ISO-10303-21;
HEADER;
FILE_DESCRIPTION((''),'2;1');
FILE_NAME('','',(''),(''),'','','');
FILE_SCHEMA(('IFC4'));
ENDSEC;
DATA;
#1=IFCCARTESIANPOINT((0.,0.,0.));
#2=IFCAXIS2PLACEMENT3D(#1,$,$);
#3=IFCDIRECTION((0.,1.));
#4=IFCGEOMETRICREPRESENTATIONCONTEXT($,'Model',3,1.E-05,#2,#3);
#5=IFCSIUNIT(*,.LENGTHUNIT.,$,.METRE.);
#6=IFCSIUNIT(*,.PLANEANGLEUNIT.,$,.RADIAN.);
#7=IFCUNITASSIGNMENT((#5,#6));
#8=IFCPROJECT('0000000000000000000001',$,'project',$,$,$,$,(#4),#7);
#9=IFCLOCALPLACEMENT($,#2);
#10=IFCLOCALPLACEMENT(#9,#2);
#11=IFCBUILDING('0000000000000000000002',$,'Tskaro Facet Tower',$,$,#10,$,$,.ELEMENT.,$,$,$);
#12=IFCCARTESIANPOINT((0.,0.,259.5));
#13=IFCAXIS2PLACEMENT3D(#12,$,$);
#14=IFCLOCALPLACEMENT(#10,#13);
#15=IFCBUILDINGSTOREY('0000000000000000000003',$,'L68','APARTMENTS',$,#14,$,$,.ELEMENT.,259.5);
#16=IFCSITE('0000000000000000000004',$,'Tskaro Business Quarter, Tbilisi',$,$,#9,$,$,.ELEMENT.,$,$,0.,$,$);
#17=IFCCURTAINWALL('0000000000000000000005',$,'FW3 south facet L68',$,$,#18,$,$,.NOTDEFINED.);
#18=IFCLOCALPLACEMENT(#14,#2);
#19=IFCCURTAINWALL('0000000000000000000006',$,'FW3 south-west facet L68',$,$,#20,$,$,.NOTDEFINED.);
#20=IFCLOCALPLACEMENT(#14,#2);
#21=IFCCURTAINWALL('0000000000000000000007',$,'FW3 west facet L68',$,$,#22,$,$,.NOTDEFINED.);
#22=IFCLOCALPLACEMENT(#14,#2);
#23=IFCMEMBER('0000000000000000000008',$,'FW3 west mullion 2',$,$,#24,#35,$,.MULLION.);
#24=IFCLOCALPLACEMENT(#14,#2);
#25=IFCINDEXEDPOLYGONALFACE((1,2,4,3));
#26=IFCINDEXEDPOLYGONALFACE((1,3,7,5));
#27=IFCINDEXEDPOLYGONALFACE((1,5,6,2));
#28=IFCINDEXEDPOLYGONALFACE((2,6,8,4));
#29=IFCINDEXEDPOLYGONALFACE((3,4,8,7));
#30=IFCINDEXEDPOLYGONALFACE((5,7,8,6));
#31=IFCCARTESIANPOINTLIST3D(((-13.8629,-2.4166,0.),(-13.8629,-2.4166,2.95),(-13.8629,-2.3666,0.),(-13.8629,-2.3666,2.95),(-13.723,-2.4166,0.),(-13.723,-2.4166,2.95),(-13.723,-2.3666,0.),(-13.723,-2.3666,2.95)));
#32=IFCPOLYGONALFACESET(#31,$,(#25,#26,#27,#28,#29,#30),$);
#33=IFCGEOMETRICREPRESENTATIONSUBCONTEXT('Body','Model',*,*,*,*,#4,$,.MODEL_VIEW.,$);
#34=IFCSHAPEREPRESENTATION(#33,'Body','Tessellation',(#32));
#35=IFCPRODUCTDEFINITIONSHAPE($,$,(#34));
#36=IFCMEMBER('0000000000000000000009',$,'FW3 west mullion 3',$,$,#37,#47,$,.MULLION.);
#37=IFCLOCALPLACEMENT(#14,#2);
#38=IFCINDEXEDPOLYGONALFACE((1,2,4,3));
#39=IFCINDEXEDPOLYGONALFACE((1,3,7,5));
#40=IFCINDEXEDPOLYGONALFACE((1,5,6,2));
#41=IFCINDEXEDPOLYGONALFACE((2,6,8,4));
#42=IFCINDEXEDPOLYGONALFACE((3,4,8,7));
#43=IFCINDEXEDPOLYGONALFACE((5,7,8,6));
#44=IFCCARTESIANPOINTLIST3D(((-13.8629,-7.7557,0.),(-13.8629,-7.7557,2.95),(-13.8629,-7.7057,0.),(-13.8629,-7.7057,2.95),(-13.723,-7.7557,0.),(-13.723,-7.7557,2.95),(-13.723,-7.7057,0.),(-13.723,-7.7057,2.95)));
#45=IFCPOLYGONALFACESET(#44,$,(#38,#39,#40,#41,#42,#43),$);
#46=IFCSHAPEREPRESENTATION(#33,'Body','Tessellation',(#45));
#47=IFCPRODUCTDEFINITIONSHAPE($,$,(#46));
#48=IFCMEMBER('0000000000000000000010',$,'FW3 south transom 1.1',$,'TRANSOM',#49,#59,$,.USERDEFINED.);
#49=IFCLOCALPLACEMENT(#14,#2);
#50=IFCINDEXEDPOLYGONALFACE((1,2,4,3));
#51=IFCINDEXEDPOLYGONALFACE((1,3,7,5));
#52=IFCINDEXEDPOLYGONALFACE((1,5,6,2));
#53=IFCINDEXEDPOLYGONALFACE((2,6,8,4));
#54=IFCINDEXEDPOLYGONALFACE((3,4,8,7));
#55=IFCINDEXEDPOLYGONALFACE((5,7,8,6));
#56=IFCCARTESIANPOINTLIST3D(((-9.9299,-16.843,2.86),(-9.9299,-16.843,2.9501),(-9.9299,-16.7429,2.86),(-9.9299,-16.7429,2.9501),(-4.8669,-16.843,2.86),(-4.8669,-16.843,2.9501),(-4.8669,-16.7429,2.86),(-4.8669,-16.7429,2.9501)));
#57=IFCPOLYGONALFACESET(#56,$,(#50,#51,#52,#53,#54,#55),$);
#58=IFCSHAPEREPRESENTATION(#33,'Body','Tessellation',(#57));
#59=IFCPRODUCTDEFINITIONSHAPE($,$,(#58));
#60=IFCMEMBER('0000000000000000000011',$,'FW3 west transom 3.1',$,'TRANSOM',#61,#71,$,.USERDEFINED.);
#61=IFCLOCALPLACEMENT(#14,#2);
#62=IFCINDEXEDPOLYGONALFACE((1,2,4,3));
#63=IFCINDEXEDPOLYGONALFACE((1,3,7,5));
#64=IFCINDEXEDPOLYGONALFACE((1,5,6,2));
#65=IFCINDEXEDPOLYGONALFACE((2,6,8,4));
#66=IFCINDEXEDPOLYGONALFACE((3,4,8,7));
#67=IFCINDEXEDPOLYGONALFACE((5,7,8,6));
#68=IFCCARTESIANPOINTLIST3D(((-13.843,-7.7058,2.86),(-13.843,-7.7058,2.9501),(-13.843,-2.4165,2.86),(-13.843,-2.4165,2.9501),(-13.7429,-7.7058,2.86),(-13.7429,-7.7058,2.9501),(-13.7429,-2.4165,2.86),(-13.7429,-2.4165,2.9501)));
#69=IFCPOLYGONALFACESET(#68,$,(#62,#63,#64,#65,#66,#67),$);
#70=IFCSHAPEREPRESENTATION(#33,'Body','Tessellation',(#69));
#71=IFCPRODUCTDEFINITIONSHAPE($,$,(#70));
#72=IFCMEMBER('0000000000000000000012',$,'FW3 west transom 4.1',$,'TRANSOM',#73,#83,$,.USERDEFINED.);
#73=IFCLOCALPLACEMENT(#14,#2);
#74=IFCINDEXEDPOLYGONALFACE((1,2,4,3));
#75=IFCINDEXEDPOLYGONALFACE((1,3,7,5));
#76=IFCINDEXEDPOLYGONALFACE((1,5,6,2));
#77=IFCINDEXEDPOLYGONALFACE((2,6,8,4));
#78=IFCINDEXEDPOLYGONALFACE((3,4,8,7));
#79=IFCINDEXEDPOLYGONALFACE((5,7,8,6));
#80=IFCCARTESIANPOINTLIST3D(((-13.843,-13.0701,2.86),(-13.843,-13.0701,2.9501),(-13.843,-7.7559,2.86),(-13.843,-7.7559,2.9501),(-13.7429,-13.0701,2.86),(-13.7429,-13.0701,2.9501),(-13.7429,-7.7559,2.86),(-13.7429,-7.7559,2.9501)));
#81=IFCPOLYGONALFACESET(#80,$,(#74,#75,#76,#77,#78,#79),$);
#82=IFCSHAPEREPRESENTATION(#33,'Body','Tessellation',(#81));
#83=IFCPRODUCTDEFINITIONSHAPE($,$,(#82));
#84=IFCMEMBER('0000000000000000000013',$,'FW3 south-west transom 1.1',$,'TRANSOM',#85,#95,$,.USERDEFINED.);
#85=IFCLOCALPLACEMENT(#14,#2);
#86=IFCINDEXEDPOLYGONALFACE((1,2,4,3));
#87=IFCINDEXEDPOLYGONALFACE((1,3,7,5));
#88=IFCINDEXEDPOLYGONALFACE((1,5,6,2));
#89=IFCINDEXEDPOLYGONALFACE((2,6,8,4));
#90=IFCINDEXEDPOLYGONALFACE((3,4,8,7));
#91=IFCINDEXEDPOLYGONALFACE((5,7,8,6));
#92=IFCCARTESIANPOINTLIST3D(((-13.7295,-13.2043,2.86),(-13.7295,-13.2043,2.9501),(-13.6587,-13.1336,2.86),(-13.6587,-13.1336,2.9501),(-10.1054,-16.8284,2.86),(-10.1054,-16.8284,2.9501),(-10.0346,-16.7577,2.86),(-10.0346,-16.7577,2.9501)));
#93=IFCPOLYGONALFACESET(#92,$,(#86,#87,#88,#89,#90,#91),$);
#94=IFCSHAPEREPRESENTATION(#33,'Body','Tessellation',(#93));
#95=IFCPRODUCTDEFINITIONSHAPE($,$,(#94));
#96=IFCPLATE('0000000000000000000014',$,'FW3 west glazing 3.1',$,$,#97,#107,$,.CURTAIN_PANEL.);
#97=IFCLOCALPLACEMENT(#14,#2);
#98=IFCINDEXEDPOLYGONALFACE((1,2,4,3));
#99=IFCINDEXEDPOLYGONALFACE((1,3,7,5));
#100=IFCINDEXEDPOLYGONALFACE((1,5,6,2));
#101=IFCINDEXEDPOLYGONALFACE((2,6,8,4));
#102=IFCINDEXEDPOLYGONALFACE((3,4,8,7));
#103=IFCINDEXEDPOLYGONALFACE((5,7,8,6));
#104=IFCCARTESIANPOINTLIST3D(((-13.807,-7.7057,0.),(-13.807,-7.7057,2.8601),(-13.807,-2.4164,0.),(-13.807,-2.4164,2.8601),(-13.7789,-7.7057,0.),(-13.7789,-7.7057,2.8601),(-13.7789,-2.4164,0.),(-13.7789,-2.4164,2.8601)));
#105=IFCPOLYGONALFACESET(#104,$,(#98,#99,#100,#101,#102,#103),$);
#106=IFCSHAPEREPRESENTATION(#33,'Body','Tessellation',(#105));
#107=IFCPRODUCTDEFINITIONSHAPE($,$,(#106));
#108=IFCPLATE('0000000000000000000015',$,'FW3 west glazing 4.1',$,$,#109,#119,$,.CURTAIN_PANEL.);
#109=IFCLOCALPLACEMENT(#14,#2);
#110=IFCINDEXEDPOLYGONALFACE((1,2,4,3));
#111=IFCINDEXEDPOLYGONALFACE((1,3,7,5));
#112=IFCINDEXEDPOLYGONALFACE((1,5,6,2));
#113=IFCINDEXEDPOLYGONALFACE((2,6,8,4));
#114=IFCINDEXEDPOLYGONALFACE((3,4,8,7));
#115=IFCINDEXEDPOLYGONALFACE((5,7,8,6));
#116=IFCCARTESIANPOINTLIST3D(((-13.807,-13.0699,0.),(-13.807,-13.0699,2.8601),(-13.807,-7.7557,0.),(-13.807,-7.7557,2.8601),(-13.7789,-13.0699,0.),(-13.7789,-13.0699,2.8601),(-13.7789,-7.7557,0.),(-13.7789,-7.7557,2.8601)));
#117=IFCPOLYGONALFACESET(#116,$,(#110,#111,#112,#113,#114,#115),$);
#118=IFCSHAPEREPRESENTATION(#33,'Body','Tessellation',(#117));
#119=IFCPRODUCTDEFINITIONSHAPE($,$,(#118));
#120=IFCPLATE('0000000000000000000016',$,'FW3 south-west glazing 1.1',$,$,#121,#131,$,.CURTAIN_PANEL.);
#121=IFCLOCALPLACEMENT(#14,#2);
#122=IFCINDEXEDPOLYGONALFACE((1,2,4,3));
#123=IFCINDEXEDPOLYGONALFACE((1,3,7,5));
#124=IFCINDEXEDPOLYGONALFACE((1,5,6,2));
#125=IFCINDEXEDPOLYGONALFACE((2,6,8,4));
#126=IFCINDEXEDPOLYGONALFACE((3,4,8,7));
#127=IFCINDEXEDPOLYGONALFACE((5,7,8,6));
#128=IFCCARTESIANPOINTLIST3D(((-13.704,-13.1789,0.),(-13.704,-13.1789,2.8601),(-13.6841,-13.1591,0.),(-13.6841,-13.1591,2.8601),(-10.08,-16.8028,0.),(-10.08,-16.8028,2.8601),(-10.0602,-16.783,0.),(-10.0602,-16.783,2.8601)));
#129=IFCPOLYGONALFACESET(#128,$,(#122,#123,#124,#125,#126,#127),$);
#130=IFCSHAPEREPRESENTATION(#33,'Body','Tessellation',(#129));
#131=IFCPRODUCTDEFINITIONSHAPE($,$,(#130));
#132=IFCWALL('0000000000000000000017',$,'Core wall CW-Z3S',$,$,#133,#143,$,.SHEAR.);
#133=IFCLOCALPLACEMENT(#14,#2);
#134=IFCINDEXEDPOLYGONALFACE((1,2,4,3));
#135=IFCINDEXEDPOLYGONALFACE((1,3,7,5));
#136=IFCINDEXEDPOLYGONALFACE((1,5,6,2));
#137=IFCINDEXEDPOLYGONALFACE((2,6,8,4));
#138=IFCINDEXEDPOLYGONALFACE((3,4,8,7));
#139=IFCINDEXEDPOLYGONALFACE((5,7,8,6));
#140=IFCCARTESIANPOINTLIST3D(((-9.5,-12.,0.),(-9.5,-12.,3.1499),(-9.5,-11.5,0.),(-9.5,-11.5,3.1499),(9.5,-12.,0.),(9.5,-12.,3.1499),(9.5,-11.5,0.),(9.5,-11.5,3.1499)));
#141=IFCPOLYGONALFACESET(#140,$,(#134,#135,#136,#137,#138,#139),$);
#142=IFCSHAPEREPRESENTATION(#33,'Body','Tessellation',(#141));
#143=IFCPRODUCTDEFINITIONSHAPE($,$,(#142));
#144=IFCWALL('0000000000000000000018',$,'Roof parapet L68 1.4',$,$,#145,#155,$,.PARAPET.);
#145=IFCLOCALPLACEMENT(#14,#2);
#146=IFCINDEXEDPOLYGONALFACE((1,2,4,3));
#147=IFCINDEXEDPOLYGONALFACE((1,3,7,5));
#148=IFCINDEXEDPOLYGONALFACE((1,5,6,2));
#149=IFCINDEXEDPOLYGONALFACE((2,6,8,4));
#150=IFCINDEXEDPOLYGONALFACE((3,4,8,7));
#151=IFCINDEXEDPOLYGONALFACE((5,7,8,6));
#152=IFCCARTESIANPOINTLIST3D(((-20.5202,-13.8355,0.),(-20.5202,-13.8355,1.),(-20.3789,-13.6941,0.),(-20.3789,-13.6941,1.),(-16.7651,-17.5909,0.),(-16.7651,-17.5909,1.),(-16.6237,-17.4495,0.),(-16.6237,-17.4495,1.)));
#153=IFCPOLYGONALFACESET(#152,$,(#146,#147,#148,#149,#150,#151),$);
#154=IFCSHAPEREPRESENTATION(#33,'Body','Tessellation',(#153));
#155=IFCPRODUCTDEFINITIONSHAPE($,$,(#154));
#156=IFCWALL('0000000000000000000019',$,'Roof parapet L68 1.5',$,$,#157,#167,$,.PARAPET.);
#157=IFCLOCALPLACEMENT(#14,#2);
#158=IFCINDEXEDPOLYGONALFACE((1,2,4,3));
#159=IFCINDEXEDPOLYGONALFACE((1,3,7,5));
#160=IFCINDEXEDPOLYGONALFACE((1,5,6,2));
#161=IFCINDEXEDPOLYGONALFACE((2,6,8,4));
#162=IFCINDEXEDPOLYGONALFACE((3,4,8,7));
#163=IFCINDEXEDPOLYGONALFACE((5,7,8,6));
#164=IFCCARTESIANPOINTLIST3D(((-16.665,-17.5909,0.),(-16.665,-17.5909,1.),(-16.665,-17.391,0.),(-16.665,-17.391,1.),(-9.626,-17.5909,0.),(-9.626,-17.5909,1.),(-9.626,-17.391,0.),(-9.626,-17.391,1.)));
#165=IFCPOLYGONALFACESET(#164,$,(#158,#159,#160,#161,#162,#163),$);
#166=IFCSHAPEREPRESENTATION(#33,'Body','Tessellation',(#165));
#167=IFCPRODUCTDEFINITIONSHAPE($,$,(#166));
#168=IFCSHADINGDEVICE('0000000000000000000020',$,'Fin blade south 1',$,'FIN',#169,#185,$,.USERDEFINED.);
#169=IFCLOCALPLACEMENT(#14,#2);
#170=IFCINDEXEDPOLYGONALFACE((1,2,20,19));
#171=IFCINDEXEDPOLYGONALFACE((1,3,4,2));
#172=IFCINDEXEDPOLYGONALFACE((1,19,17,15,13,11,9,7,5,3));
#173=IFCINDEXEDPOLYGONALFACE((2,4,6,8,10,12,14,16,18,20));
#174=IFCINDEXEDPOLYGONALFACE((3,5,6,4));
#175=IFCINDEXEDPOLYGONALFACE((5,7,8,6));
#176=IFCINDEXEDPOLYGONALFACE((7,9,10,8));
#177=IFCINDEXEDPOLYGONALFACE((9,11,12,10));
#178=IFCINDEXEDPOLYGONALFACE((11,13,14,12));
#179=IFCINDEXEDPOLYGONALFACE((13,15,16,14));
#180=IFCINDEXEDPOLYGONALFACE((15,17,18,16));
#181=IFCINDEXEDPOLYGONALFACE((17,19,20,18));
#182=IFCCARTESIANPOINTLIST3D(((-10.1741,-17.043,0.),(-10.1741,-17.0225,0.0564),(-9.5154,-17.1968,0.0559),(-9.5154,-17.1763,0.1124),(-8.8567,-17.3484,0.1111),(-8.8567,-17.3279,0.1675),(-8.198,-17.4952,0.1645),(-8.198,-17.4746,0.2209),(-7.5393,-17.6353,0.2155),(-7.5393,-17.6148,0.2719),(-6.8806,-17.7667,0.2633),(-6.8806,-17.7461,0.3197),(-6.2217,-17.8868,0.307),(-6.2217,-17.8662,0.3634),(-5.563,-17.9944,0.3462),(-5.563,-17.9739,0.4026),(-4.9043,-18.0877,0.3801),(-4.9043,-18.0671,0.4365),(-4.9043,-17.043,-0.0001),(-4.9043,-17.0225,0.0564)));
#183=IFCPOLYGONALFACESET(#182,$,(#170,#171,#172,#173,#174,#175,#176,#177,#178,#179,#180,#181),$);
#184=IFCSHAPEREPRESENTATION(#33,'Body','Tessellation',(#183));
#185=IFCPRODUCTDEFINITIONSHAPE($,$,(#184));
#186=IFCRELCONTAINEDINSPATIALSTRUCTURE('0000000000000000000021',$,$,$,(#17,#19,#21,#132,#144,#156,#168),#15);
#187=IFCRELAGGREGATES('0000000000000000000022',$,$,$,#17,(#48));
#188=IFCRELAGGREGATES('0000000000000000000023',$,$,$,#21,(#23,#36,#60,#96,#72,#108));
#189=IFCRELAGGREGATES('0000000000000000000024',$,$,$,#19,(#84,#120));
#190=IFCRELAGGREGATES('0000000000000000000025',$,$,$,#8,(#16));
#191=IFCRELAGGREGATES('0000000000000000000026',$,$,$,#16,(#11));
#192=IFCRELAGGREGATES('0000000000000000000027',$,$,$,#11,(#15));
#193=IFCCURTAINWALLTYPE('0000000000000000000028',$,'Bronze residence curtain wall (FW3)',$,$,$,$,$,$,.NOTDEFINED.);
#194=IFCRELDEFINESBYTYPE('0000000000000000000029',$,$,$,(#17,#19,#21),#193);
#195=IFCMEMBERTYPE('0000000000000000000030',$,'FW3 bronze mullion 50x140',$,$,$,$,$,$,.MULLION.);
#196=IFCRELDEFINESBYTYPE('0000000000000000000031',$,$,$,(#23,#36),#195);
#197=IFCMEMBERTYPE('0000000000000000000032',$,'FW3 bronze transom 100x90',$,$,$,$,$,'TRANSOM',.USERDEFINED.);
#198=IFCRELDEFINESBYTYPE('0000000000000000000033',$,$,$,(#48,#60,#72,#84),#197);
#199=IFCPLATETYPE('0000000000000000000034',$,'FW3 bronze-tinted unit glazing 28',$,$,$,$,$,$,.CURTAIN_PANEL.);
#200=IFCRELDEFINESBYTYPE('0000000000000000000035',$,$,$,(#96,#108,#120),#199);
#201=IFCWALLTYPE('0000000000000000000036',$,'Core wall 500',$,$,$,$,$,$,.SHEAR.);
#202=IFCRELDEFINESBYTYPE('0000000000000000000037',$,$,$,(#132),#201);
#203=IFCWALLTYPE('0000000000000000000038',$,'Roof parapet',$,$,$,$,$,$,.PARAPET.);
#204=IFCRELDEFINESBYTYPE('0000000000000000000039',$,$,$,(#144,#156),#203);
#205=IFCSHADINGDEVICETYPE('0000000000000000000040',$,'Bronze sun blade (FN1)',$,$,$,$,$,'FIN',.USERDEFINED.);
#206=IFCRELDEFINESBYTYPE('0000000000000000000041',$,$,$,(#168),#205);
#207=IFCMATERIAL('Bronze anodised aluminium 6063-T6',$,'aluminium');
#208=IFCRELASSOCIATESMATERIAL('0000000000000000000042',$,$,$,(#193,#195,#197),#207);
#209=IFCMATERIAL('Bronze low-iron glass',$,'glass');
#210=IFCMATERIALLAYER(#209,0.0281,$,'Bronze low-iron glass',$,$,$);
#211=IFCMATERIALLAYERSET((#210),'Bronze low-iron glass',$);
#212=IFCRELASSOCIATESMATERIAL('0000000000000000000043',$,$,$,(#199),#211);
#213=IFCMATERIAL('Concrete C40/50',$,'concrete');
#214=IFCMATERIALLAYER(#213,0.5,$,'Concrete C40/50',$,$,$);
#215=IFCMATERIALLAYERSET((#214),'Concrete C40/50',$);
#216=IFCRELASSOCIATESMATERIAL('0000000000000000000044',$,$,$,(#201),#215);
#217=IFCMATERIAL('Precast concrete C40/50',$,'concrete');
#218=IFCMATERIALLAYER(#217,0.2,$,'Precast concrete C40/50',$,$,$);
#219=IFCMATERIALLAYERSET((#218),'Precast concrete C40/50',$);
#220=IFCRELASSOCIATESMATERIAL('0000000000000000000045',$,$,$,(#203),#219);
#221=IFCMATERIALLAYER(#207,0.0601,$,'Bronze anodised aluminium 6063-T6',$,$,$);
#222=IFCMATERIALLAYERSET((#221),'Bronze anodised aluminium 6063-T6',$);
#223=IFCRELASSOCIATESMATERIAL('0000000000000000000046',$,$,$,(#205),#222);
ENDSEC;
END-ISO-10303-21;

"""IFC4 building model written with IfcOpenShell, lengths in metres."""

from ifc_helpers import new_model, si_unit, direction, frame, frame_2d, origin, origin_2d, place, context, subcontext, project, spatial, polyline, rectangle, outline, extrude, material, layer, layer_set, material_profile, profile_set, type_object, element, aggregate, save


model = new_model("IFC4")

# Units and contexts
model_context = context("Model", 3, precision=1e-05, world=origin(), true_north=direction((0.0, 1.0)))
body_context = subcontext(model_context, "Body", "Model", "MODEL_VIEW")
ifc_project = project(units=[si_unit("LENGTHUNIT", "METRE"), si_unit("PLANEANGLEUNIT", "RADIAN")], contexts=[model_context])

# Site, building, storey
site_placement = place(None, origin())
site = spatial("IfcSite", under=ifc_project, at=site_placement, Name="Tskaro Business Quarter, Tbilisi", CompositionType="ELEMENT", RefElevation=0.0)
building_placement = place(site_placement, origin())
building = spatial("IfcBuilding", under=site, at=building_placement, Name="Tskaro Facet Tower", CompositionType="ELEMENT")
storey_placement = place(building_placement, frame((0.0, 0.0, 259.5)))
storey = spatial("IfcBuildingStorey", under=building, at=storey_placement, Name="L68", Description="APARTMENTS", CompositionType="ELEMENT", Elevation=259.5)

# Curtain walls
ifc_material_1 = material(Name="Bronze anodised aluminium 6063-T6", Category="aluminium")
curtain_wall_type = type_object("IfcCurtainWallType", Name="Bronze residence curtain wall (FW3)", PredefinedType="NOTDEFINED", material=ifc_material_1)
curtain_wall_1_placement = place(storey_placement, origin())
curtain_wall_1 = element("IfcCurtainWall", 1, at=curtain_wall_1_placement, inside=storey, type_object=curtain_wall_type, Name="FW3 south facet L68", PredefinedType="NOTDEFINED")
curtain_wall_2_placement = place(storey_placement, origin())
curtain_wall_2 = element("IfcCurtainWall", 2, at=curtain_wall_2_placement, inside=storey, type_object=curtain_wall_type, Name="FW3 south-west facet L68", PredefinedType="NOTDEFINED")

# Curtain wall, members
curtain_wall_3_placement = place(storey_placement, origin())
curtain_wall_3 = element("IfcCurtainWall", 3, at=curtain_wall_3_placement, inside=storey, type_object=curtain_wall_type, Name="FW3 west facet L68", PredefinedType="NOTDEFINED")
ifc_material_profile_1 = material_profile(ifc_material_1, rectangle(XDim=0.05, YDim=0.1399, at=origin_2d()), Name="Mullion 50x140")
ifc_profile_set_1 = profile_set([ifc_material_profile_1], Name="Bronze anodised aluminium 6063-T6")
member_type_1 = type_object("IfcMemberType", Name="FW3 bronze mullion 50x140", PredefinedType="MULLION", material=ifc_profile_set_1)
member_1_placement = place(storey_placement, frame((-13.793, -2.3916, 0.0), z_axis=(0.0, 0.0, 1.0), x_axis=(0.0, -1.0, 0.0)))
member_1 = element("IfcMember", 4, at=member_1_placement, type_object=member_type_1, Name="FW3 west mullion 2", PredefinedType="MULLION", context=body_context, shape_type="SweptSolid", body=[
    extrude(rectangle(XDim=0.05, YDim=0.1399, at=origin_2d()), origin(), (0.0, 0.0, 1.0), 2.95),
])
member_2_placement = place(storey_placement, frame((-13.793, -7.7307, 0.0), z_axis=(0.0, 0.0, 1.0), x_axis=(0.0, -1.0, 0.0)))
member_2 = element("IfcMember", 5, at=member_2_placement, type_object=member_type_1, Name="FW3 west mullion 3", PredefinedType="MULLION", context=body_context, shape_type="SweptSolid", body=[
    extrude(rectangle(XDim=0.05, YDim=0.1399, at=origin_2d()), origin(), (0.0, 0.0, 1.0), 2.95),
])

# Members
ifc_material_profile_2 = material_profile(ifc_material_1, rectangle(XDim=0.1001, YDim=0.0901, at=origin_2d()), Name="Transom 100x90")
ifc_profile_set_2 = profile_set([ifc_material_profile_2], Name="Bronze anodised aluminium 6063-T6")
member_type_2 = type_object("IfcMemberType", Name="FW3 bronze transom 100x90", ElementType="TRANSOM", PredefinedType="USERDEFINED", material=ifc_profile_set_2)
member_3_placement = place(storey_placement, frame((-9.9299, -16.793, 2.905), z_axis=(1.0, 0.0, 0.0), x_axis=(0.0, 1.0, 0.0)))
member_3 = element("IfcMember", 6, at=member_3_placement, type_object=member_type_2, Name="FW3 south transom 1.1", ObjectType="TRANSOM", PredefinedType="USERDEFINED", context=body_context, shape_type="SweptSolid", body=[
    extrude(rectangle(XDim=0.1001, YDim=0.0901, at=origin_2d()), origin(), (0.0, 0.0, 1.0), 5.063),
])
aggregate(curtain_wall_1, [member_3])
member_4_placement = place(storey_placement, frame((-13.793, -2.4165, 2.905), z_axis=(0.0, -1.0, 0.0), x_axis=(1.0, 0.0, 0.0)))
member_4 = element("IfcMember", 7, at=member_4_placement, type_object=member_type_2, Name="FW3 west transom 3.1", ObjectType="TRANSOM", PredefinedType="USERDEFINED", context=body_context, shape_type="SweptSolid", body=[
    extrude(rectangle(XDim=0.1001, YDim=0.0901, at=origin_2d()), origin(), (0.0, 0.0, 1.0), 5.2893),
])
member_5_placement = place(storey_placement, frame((-13.793, -7.7559, 2.905), z_axis=(0.0, -1.0, 0.0), x_axis=(1.0, 0.0, 0.0)))
member_5 = element("IfcMember", 8, at=member_5_placement, type_object=member_type_2, Name="FW3 west transom 4.1", ObjectType="TRANSOM", PredefinedType="USERDEFINED", context=body_context, shape_type="SweptSolid", body=[
    extrude(rectangle(XDim=0.1001, YDim=0.0901, at=origin_2d()), origin(), (0.0, 0.0, 1.0), 5.3142),
])
member_6_placement = place(storey_placement, frame((-13.6941, -13.1689, 2.905), z_axis=(0.707107, -0.707107, 0.0), x_axis=(0.707107, 0.707107, 0.0)))
member_6 = element("IfcMember", 9, at=member_6_placement, type_object=member_type_2, Name="FW3 south-west transom 1.1", ObjectType="TRANSOM", PredefinedType="USERDEFINED", context=body_context, shape_type="SweptSolid", body=[
    extrude(rectangle(XDim=0.1001, YDim=0.0901, at=origin_2d()), origin(), (0.0, 0.0, 1.0), 5.1252),
])

# Plates
ifc_material_2 = material(Name="Bronze low-iron glass", Category="glass")
ifc_layer_1 = layer(ifc_material_2, 0.0281, Name="Bronze low-iron glass")
ifc_layer_set_1 = layer_set([ifc_layer_1], Name="Bronze low-iron glass")
plate_type = type_object("IfcPlateType", Name="FW3 bronze-tinted unit glazing 28", PredefinedType="CURTAIN_PANEL", material=ifc_layer_set_1)
plate_1_placement = place(storey_placement, frame((-13.793, -5.061, 0.0), z_axis=(0.0, 0.0, 1.0), x_axis=(0.0, -1.0, 0.0)))
plate_1 = element("IfcPlate", 10, at=plate_1_placement, type_object=plate_type, Name="FW3 west glazing 3.1", PredefinedType="CURTAIN_PANEL", context=body_context, shape_type="SweptSolid", body=[
    extrude(rectangle(XDim=5.2893, YDim=0.0281, at=origin_2d()), origin(), (0.0, 0.0, 1.0), 2.8601),
])
plate_2_placement = place(storey_placement, frame((-13.793, -10.4128, 0.0), z_axis=(0.0, 0.0, 1.0), x_axis=(0.0, -1.0, 0.0)))
plate_2 = element("IfcPlate", 11, at=plate_2_placement, type_object=plate_type, Name="FW3 west glazing 4.1", PredefinedType="CURTAIN_PANEL", context=body_context, shape_type="SweptSolid", body=[
    extrude(rectangle(XDim=5.3142, YDim=0.0281, at=origin_2d()), origin(), (0.0, 0.0, 1.0), 2.8601),
])
aggregate(curtain_wall_3, [member_1, member_2, member_4, plate_1, member_5, plate_2])
plate_3_placement = place(storey_placement, frame((-11.8821, -14.981, 0.0), z_axis=(0.0, 0.0, 1.0), x_axis=(0.707107, -0.707107, 0.0)))
plate_3 = element("IfcPlate", 12, at=plate_3_placement, type_object=plate_type, Name="FW3 south-west glazing 1.1", PredefinedType="CURTAIN_PANEL", context=body_context, shape_type="SweptSolid", body=[
    extrude(rectangle(XDim=5.125, YDim=0.0281, at=origin_2d()), origin(), (0.0, 0.0, 1.0), 2.8601),
])
aggregate(curtain_wall_2, [member_6, plate_3])

# Walls
ifc_material_3 = material(Name="Concrete C40/50", Category="concrete")
ifc_layer_2 = layer(ifc_material_3, 0.5, Name="Concrete C40/50")
ifc_layer_set_2 = layer_set([ifc_layer_2], Name="Concrete C40/50")
wall_type_1 = type_object("IfcWallType", Name="Core wall 500", PredefinedType="SHEAR", material=ifc_layer_set_2)
wall_1_placement = place(storey_placement, frame((-9.5, -11.75, 0.0), z_axis=(0.0, 0.0, 1.0), x_axis=(1.0, 0.0, 0.0)))
element("IfcWall", 13, at=wall_1_placement, inside=storey, type_object=wall_type_1, Name="Core wall CW-Z3S", PredefinedType="SHEAR", context=body_context, shape_type="SweptSolid", body=[
    extrude(rectangle(XDim=19.0, YDim=0.5, at=frame_2d((9.5, 0.0))), origin(), (0.0, 0.0, 1.0), 3.1499),
])
ifc_material_4 = material(Name="Precast concrete C40/50", Category="concrete")
ifc_layer_3 = layer(ifc_material_4, 0.2, Name="Precast concrete C40/50")
ifc_layer_set_3 = layer_set([ifc_layer_3], Name="Precast concrete C40/50")
wall_type_2 = type_object("IfcWallType", Name="Roof parapet", PredefinedType="PARAPET", material=ifc_layer_set_3)
wall_2_placement = place(storey_placement, frame((-20.4495, -13.7649, 0.0), z_axis=(0.0, 0.0, 1.0), x_axis=(0.707084, -0.70713, 0.0)))
element("IfcWall", 14, at=wall_2_placement, inside=storey, type_object=wall_type_2, Name="Roof parapet L68 1.4", PredefinedType="PARAPET", context=body_context, shape_type="SweptSolid", body=[
    extrude(rectangle(XDim=5.3108, YDim=0.2, at=frame_2d((2.6553, 0.0))), origin(), (0.0, 0.0, 1.0), 1.0),
])
wall_3_placement = place(storey_placement, frame((-16.665, -17.491, 0.0), z_axis=(0.0, 0.0, 1.0), x_axis=(1.0, 0.0, 0.0)))
element("IfcWall", 15, at=wall_3_placement, inside=storey, type_object=wall_type_2, Name="Roof parapet L68 1.5", PredefinedType="PARAPET", context=body_context, shape_type="SweptSolid", body=[
    extrude(rectangle(XDim=7.0391, YDim=0.2, at=frame_2d((3.5195, 0.0))), origin(), (0.0, 0.0, 1.0), 1.0),
])

# Shading device
ifc_layer_4 = layer(ifc_material_1, 0.0601, Name="Bronze anodised aluminium 6063-T6")
ifc_layer_set_4 = layer_set([ifc_layer_4], Name="Bronze anodised aluminium 6063-T6")
shading_device_type = type_object("IfcShadingDeviceType", Name="Bronze sun blade (FN1)", ElementType="FIN", PredefinedType="USERDEFINED", material=ifc_layer_set_4)
shading_device_1_placement = place(storey_placement, frame((-10.1741, -17.0225, 0.0564), z_axis=(0.000008, 0.341976, 0.939709), x_axis=(1.0, -0.000003, -0.000007)))
element("IfcShadingDevice", 16, at=shading_device_1_placement, inside=storey, type_object=shading_device_type, Name="Fin blade south 1", ObjectType="FIN", PredefinedType="USERDEFINED", context=body_context, shape_type="SweptSolid", body=[
    extrude(outline(polyline([(0.0, 0.0), (5.2698, 0.0), (5.2698, -1.1117), (4.6111, -1.0124), (3.9524, -0.8979), (3.2935, -0.7701), (2.6348, -0.6303), (1.9761, -0.4812), (1.3174, -0.325), (0.6587, -0.1637), (0.0, 0.0)])), origin(), (0.0, 0.0, -1.0), 0.0601),
])

save(model, "model.ifc")
